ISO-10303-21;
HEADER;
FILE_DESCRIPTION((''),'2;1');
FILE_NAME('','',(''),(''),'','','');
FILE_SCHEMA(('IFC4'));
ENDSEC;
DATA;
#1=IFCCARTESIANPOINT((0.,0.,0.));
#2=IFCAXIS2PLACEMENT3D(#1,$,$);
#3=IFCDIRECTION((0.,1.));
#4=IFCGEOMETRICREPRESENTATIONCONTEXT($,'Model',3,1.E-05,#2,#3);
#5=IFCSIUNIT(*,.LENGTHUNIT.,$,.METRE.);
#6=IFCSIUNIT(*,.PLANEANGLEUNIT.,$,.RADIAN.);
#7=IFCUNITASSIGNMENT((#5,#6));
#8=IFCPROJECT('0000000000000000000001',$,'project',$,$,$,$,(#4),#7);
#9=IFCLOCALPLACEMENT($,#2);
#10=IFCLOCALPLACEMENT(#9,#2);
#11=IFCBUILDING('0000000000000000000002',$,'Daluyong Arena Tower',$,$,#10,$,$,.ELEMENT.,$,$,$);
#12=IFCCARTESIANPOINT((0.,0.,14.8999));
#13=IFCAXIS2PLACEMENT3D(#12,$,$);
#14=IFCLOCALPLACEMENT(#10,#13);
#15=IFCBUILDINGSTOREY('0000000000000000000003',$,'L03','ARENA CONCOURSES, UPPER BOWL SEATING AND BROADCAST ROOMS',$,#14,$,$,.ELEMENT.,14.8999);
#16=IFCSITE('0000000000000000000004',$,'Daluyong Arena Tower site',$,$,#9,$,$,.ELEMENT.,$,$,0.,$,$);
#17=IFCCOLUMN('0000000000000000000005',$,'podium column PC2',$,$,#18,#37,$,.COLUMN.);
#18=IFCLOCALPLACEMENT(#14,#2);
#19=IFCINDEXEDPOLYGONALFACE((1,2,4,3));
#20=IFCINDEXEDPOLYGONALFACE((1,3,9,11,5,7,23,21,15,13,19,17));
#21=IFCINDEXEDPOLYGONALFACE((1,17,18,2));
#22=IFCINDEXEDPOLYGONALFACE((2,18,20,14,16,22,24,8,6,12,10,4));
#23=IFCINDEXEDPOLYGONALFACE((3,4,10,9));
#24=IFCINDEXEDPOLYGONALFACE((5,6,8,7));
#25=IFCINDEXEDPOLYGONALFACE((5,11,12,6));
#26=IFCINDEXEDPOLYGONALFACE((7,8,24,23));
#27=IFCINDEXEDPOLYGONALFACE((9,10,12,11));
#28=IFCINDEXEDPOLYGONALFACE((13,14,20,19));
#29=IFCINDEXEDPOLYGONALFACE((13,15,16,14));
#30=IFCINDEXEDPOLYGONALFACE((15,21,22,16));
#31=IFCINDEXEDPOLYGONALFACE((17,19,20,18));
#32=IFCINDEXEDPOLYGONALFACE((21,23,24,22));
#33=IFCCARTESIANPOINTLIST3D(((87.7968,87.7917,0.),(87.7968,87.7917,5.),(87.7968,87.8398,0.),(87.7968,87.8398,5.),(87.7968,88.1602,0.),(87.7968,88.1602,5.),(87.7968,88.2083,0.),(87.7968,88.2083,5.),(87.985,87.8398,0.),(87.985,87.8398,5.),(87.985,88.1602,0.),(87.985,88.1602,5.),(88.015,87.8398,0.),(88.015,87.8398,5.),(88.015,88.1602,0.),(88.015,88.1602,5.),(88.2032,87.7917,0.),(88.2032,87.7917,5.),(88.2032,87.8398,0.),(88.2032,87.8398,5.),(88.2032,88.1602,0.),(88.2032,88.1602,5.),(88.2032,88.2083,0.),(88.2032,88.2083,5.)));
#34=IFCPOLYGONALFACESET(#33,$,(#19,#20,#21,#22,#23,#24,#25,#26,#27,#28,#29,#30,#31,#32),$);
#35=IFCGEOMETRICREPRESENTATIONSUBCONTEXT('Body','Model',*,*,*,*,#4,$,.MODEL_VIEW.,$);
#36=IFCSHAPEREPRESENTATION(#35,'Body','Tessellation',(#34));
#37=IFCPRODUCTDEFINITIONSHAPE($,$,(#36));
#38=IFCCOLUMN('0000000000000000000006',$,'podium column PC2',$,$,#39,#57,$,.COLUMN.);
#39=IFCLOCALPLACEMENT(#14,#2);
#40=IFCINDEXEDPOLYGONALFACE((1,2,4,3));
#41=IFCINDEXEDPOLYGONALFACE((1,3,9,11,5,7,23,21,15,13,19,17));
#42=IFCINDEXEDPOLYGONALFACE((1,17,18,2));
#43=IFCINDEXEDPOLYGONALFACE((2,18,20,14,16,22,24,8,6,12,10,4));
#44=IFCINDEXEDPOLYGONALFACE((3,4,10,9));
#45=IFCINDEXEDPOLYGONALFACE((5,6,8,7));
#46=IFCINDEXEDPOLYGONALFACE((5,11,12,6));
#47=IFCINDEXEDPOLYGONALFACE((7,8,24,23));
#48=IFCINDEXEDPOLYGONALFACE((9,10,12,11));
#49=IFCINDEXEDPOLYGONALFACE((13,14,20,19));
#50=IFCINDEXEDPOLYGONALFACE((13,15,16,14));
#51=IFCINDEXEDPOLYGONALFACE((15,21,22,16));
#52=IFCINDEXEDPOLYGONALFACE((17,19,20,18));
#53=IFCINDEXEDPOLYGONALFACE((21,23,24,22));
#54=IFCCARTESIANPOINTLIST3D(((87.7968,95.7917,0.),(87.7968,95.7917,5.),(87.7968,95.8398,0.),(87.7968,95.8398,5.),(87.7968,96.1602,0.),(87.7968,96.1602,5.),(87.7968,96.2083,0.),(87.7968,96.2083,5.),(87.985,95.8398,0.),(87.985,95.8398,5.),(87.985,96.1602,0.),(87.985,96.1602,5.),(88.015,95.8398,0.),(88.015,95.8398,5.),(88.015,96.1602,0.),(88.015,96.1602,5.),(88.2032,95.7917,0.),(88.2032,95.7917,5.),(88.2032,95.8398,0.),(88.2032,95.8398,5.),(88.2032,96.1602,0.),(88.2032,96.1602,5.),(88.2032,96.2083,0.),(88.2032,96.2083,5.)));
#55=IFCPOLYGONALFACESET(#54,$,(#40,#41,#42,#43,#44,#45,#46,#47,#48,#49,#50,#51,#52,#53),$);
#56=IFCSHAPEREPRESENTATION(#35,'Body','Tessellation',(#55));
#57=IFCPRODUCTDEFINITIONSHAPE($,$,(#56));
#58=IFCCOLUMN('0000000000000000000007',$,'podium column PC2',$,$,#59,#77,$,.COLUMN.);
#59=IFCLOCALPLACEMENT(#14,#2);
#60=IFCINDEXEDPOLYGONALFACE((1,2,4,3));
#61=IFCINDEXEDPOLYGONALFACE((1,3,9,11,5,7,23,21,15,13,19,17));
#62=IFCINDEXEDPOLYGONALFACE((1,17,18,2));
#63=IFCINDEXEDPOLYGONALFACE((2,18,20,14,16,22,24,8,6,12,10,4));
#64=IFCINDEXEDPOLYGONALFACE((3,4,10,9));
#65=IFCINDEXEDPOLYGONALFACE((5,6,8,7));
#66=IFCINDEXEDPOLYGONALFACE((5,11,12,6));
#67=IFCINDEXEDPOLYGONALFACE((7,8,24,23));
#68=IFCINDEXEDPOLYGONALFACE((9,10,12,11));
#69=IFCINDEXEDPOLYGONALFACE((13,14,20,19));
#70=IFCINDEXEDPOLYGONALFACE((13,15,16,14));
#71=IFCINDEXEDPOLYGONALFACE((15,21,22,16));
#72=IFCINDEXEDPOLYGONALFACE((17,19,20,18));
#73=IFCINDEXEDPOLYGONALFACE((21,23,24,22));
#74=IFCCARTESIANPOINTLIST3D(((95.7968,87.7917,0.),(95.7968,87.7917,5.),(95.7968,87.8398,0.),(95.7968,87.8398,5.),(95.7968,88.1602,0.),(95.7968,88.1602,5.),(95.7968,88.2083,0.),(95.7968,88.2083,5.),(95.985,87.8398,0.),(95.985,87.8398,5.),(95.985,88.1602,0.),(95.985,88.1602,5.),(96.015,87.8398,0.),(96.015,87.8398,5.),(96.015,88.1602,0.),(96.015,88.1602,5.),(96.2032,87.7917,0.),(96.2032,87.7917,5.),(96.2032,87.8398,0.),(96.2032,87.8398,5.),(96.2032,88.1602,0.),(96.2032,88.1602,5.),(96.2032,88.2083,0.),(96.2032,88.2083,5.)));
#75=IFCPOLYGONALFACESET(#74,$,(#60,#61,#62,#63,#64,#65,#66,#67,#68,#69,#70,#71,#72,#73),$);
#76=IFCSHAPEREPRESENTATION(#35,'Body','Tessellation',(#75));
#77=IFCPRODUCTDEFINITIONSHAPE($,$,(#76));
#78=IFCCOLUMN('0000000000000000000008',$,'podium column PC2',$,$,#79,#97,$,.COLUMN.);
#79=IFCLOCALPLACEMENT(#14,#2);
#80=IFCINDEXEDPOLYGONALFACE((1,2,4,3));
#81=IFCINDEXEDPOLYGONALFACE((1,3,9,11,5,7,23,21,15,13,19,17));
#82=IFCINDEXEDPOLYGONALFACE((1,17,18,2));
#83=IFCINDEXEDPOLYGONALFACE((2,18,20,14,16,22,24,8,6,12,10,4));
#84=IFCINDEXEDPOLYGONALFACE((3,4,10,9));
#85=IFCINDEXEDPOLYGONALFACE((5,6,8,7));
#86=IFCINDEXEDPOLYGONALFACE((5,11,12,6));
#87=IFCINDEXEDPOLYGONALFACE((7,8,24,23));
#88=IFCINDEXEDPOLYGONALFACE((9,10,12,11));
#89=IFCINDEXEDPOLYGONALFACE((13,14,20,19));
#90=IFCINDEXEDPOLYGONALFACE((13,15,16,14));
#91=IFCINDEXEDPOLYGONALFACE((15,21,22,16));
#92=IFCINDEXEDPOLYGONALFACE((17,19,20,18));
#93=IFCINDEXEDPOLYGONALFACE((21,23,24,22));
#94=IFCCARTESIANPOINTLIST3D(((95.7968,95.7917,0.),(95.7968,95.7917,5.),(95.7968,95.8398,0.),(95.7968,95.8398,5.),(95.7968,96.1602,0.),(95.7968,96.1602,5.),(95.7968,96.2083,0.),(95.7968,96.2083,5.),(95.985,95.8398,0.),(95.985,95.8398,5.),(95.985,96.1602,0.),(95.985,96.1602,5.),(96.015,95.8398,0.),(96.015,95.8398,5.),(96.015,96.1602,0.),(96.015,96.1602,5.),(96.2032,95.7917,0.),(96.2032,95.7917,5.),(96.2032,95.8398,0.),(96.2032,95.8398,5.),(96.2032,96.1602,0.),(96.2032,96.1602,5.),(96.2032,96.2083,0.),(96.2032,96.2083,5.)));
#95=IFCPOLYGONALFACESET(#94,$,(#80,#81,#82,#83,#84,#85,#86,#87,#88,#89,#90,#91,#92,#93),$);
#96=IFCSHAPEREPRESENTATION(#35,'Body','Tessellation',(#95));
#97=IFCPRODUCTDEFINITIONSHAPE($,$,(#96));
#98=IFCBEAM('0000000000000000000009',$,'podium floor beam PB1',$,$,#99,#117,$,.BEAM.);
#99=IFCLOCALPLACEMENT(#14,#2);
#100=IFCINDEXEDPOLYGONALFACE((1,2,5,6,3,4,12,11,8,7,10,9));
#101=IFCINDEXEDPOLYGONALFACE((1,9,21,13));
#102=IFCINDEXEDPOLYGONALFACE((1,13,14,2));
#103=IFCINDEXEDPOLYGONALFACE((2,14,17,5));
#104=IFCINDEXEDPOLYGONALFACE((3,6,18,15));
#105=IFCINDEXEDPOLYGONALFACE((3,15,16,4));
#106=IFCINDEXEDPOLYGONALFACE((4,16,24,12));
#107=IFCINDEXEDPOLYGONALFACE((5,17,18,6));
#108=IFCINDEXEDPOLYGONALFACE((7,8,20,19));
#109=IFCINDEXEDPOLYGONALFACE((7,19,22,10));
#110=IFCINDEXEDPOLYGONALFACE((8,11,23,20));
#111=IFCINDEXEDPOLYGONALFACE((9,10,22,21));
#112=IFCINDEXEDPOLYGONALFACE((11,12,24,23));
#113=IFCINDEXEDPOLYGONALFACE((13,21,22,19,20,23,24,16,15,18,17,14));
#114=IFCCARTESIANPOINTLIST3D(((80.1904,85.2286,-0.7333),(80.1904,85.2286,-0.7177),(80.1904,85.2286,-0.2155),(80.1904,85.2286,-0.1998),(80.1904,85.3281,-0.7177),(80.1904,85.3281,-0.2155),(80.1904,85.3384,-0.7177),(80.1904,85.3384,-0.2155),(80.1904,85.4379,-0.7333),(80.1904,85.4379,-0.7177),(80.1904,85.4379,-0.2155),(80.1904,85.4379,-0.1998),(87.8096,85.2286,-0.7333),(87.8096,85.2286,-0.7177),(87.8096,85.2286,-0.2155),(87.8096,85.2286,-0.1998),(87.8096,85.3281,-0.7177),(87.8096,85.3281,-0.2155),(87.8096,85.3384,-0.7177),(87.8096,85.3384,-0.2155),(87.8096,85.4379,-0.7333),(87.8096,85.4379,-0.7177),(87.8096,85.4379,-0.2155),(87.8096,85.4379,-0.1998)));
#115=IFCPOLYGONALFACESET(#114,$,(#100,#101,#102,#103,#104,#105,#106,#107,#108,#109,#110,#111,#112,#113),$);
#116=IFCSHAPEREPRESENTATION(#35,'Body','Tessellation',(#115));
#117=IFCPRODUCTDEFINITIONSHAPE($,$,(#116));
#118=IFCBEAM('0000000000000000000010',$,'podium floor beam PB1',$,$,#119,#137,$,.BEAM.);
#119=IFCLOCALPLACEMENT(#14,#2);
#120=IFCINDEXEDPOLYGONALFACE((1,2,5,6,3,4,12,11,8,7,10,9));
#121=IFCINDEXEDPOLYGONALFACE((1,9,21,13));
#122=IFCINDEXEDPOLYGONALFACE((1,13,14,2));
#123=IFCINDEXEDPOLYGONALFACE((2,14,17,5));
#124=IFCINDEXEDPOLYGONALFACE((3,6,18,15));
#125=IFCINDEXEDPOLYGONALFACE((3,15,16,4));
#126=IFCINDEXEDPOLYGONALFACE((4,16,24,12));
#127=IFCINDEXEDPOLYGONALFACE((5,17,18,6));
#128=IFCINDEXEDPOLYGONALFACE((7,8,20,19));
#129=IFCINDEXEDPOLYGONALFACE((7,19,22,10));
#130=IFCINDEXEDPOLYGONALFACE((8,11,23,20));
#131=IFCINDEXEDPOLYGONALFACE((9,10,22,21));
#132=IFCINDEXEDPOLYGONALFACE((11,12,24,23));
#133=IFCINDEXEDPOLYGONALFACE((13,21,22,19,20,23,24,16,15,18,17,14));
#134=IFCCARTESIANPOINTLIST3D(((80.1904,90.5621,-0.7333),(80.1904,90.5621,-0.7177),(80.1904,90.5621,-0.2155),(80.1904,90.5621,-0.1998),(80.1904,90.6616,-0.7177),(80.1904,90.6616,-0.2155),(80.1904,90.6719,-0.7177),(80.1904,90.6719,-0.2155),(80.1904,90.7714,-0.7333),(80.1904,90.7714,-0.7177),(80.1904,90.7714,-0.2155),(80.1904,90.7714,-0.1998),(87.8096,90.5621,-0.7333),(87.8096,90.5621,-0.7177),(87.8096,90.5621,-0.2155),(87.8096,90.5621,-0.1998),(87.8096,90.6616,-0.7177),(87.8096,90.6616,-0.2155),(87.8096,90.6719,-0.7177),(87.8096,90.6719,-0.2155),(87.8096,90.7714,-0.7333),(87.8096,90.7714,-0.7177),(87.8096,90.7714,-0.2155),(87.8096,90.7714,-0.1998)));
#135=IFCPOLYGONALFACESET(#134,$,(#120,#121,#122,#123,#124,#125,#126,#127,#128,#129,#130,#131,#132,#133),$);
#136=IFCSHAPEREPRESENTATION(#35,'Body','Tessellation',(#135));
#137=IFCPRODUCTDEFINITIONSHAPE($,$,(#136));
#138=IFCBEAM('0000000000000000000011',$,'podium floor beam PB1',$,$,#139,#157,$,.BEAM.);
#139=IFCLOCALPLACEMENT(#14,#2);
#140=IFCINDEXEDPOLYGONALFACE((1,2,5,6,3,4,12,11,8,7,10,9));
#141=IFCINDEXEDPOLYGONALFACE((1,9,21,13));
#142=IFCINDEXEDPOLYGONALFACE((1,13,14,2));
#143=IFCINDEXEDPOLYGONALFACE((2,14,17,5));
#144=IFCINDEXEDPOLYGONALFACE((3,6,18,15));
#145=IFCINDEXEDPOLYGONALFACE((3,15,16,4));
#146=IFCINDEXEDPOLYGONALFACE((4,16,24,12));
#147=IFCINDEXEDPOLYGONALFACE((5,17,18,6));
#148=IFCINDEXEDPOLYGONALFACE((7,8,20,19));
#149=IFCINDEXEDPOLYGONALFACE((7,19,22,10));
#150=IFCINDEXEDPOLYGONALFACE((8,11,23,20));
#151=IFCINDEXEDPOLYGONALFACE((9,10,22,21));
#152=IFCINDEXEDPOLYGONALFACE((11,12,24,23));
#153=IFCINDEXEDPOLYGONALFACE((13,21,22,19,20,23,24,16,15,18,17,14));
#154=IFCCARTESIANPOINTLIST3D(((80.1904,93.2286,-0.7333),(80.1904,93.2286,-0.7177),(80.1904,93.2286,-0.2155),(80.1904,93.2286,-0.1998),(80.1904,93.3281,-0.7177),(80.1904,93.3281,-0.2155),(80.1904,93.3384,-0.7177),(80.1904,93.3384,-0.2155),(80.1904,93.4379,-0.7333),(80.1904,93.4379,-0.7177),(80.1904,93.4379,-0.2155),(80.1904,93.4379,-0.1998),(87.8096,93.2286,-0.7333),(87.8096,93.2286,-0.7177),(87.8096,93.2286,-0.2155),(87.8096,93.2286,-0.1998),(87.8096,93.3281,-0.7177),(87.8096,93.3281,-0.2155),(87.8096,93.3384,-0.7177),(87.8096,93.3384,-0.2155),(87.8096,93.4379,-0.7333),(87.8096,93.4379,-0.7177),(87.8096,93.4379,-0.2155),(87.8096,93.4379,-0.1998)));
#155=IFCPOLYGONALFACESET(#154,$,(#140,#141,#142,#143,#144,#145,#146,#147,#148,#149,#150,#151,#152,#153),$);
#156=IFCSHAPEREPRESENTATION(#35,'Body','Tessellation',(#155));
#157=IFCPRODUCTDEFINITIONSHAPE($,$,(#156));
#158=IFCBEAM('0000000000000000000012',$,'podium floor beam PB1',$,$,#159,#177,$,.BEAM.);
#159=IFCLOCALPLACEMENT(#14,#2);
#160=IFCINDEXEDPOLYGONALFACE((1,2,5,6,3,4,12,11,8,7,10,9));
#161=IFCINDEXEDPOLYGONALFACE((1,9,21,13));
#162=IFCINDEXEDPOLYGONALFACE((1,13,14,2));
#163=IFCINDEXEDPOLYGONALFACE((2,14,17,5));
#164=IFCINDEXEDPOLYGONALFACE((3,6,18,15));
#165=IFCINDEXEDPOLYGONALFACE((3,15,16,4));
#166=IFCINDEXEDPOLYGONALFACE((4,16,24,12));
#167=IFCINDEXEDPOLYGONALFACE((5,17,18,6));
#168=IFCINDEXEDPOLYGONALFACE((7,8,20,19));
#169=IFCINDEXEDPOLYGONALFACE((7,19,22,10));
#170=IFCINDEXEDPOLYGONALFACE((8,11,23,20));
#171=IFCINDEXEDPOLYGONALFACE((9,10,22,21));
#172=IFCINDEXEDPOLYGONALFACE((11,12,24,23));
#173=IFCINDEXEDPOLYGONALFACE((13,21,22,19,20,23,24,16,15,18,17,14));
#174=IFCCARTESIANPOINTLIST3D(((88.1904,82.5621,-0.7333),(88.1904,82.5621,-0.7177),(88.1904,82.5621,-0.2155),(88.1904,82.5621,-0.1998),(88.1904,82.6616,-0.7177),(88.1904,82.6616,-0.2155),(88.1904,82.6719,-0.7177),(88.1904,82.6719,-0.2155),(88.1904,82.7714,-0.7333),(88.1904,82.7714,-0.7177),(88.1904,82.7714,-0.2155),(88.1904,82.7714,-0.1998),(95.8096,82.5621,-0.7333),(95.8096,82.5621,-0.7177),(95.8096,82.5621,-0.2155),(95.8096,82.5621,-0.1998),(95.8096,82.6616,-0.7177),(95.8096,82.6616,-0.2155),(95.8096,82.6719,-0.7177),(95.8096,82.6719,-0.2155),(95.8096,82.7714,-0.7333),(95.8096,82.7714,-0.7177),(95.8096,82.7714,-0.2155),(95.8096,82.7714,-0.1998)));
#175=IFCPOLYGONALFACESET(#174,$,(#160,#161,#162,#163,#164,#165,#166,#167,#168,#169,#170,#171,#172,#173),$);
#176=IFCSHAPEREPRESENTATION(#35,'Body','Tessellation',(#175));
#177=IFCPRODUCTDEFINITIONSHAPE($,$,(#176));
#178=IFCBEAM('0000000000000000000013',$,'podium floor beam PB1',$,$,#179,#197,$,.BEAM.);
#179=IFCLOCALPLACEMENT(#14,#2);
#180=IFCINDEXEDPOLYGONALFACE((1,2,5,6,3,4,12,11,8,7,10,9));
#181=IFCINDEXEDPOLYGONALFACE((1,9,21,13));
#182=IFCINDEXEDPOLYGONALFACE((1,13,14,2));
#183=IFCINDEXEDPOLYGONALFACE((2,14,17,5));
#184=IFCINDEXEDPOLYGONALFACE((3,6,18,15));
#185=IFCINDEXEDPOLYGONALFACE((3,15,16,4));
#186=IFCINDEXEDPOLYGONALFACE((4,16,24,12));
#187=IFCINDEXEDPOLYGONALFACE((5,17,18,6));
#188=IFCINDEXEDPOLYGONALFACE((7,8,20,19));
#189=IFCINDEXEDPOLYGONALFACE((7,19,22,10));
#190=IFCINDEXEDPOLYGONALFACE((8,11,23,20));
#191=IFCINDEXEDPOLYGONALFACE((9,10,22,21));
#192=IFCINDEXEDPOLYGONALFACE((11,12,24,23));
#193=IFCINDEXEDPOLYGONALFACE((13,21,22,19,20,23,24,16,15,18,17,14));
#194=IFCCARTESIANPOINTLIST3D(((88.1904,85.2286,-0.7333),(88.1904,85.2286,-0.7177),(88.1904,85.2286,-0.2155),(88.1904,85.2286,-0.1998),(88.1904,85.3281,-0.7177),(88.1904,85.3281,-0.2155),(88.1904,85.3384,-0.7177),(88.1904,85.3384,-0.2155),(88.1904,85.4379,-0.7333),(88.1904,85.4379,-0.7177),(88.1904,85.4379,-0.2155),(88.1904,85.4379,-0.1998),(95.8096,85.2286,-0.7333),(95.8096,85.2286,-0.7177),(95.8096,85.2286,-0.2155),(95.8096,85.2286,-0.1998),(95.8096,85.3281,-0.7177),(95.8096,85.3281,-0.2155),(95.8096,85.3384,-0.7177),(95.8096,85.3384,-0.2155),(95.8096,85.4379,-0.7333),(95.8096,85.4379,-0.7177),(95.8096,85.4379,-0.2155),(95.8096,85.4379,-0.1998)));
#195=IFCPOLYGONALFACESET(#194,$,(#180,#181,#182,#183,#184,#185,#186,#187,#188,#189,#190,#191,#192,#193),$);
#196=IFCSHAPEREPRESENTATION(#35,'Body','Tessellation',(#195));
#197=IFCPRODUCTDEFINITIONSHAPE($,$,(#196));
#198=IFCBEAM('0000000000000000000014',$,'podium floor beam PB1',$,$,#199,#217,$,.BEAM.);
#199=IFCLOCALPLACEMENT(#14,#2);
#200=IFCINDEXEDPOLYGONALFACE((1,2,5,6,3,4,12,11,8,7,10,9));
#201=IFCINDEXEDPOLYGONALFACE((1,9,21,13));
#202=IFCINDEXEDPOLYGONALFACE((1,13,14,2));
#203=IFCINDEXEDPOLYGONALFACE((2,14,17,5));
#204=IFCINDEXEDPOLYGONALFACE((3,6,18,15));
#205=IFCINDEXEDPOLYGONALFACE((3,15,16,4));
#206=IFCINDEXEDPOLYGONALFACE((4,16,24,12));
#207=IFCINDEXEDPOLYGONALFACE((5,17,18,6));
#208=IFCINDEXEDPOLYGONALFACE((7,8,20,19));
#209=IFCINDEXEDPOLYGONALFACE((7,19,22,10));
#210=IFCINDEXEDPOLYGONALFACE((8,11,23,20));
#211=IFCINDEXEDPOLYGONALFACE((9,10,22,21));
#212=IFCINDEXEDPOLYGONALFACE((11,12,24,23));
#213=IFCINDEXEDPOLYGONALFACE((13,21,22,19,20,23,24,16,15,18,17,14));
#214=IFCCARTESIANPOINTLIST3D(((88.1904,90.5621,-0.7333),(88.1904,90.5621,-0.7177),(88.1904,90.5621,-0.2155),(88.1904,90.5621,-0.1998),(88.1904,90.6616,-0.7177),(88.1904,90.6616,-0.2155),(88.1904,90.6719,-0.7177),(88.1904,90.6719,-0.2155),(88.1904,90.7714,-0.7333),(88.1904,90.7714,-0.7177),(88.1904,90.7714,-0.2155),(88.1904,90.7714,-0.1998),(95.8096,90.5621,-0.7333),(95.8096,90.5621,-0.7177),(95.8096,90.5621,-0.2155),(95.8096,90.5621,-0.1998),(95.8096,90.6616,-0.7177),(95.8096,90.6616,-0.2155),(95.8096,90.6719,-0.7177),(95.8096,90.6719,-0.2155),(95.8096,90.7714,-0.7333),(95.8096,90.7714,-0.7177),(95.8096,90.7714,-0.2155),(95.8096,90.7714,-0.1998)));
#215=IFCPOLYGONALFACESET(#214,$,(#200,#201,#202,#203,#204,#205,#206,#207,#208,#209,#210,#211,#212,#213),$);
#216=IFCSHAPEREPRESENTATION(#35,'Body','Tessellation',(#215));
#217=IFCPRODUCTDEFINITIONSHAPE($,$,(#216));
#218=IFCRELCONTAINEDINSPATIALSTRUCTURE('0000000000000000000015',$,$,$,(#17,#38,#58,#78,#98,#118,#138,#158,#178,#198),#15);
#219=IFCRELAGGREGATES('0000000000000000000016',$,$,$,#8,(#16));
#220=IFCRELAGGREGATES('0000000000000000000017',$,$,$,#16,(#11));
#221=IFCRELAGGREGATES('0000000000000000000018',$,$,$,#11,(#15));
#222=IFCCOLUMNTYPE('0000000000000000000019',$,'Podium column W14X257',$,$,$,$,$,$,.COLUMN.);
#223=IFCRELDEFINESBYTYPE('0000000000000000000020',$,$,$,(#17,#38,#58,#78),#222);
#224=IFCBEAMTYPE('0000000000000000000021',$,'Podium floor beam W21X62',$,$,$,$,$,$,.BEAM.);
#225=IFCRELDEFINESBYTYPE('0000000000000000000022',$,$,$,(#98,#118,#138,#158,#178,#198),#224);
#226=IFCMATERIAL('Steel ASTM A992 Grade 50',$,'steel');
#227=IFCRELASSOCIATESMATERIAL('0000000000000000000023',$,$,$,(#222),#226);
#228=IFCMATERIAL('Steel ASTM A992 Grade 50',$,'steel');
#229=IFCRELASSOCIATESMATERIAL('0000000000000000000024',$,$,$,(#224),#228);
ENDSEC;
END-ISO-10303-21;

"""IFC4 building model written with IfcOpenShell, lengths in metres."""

from ifc_helpers import new_model, si_unit, direction, frame, origin, origin_2d, place, context, subcontext, project, spatial, i_section, extrude, material, material_profile, profile_set, type_object, element, save


model = new_model("IFC4")

# Units and contexts
model_context = context("Model", 3, precision=1e-05, world=origin(), true_north=direction((0.0, 1.0)))
body_context = subcontext(model_context, "Body", "Model", "MODEL_VIEW")
ifc_project = project(units=[si_unit("LENGTHUNIT", "METRE"), si_unit("PLANEANGLEUNIT", "RADIAN")], contexts=[model_context])

# Site, building, storey
site_placement = place(None, origin())
site = spatial("IfcSite", under=ifc_project, at=site_placement, Name="Daluyong Arena Tower site", CompositionType="ELEMENT", RefElevation=0.0)
building_placement = place(site_placement, origin())
building = spatial("IfcBuilding", under=site, at=building_placement, Name="Daluyong Arena Tower", CompositionType="ELEMENT")
storey_placement = place(building_placement, frame((0.0, 0.0, 14.8999)))
storey = spatial("IfcBuildingStorey", under=building, at=storey_placement, Name="L03", Description="ARENA CONCOURSES, UPPER BOWL SEATING AND BROADCAST ROOMS", CompositionType="ELEMENT", Elevation=14.8999)

# Columns
ifc_material_1 = material(Name="Steel ASTM A992 Grade 50", Category="steel")
ifc_material_profile_1 = material_profile(ifc_material_1, i_section(OverallWidth=0.4065, OverallDepth=0.4165, WebThickness=0.03, FlangeThickness=0.0481, at=origin_2d()))
ifc_profile_set_1 = profile_set([ifc_material_profile_1], Name="Steel ASTM A992 Grade 50")
column_type = type_object("IfcColumnType", Name="Podium column W14X257", PredefinedType="COLUMN", material=ifc_profile_set_1)
for number, where, z_axis, x_axis, name in (
    (1, (88.0, 88.0, 0.0), (0.0, 0.0, 1.0), (1.0, 0.0, 0.0), "podium column PC2"),
    (2, (88.0, 96.0, 0.0), (0.0, 0.0, 1.0), (1.0, 0.0, 0.0), "podium column PC2"),
    (3, (96.0, 88.0, 0.0), (0.0, 0.0, 1.0), (1.0, 0.0, 0.0), "podium column PC2"),
    (4, (96.0, 96.0, 0.0), (0.0, 0.0, 1.0), (1.0, 0.0, 0.0), "podium column PC2"),
):
    element("IfcColumn", number, at=place(storey_placement, frame(where, z_axis=z_axis, x_axis=x_axis)), inside=storey, type_object=column_type, Name=name, PredefinedType="COLUMN", context=body_context, shape_type="SweptSolid", body=[
        extrude(i_section(OverallWidth=0.4065, OverallDepth=0.4165, WebThickness=0.03, FlangeThickness=0.0481, at=origin_2d()), origin(), (0.0, 0.0, 1.0), 5.0),
    ])

# Beams
ifc_material_2 = material(Name="Steel ASTM A992 Grade 50", Category="steel")
ifc_material_profile_2 = material_profile(ifc_material_2, i_section(OverallWidth=0.2092, OverallDepth=0.5334, WebThickness=0.0103, FlangeThickness=0.0156, at=origin_2d()))
ifc_profile_set_2 = profile_set([ifc_material_profile_2], Name="Steel ASTM A992 Grade 50")
beam_type_1 = type_object("IfcBeamType", Name="Podium floor beam W21X62", PredefinedType="BEAM", material=ifc_profile_set_2)
for number, where, z_axis, x_axis, name in (
    (5, (80.1904, 85.3333, -0.4666), (1.0, 0.0, 0.0), (0.0, 1.0, 0.0), "podium floor beam PB1"),
    (6, (80.1904, 90.6667, -0.4666), (1.0, 0.0, 0.0), (0.0, 1.0, 0.0), "podium floor beam PB1"),
    (7, (80.1904, 93.3333, -0.4666), (1.0, 0.0, 0.0), (0.0, 1.0, 0.0), "podium floor beam PB1"),
    (8, (88.1904, 82.6667, -0.4666), (1.0, 0.0, 0.0), (0.0, 1.0, 0.0), "podium floor beam PB1"),
    (9, (88.1904, 85.3333, -0.4666), (1.0, 0.0, 0.0), (0.0, 1.0, 0.0), "podium floor beam PB1"),
    (10, (88.1904, 90.6667, -0.4666), (1.0, 0.0, 0.0), (0.0, 1.0, 0.0), "podium floor beam PB1"),
):
    element("IfcBeam", number, at=place(storey_placement, frame(where, z_axis=z_axis, x_axis=x_axis)), inside=storey, type_object=beam_type_1, Name=name, PredefinedType="BEAM", context=body_context, shape_type="SweptSolid", body=[
        extrude(i_section(OverallWidth=0.2092, OverallDepth=0.5334, WebThickness=0.0103, FlangeThickness=0.0156, at=origin_2d()), origin(), (0.0, 0.0, 1.0), 7.6191),
    ])

save(model, "model.ifc")
